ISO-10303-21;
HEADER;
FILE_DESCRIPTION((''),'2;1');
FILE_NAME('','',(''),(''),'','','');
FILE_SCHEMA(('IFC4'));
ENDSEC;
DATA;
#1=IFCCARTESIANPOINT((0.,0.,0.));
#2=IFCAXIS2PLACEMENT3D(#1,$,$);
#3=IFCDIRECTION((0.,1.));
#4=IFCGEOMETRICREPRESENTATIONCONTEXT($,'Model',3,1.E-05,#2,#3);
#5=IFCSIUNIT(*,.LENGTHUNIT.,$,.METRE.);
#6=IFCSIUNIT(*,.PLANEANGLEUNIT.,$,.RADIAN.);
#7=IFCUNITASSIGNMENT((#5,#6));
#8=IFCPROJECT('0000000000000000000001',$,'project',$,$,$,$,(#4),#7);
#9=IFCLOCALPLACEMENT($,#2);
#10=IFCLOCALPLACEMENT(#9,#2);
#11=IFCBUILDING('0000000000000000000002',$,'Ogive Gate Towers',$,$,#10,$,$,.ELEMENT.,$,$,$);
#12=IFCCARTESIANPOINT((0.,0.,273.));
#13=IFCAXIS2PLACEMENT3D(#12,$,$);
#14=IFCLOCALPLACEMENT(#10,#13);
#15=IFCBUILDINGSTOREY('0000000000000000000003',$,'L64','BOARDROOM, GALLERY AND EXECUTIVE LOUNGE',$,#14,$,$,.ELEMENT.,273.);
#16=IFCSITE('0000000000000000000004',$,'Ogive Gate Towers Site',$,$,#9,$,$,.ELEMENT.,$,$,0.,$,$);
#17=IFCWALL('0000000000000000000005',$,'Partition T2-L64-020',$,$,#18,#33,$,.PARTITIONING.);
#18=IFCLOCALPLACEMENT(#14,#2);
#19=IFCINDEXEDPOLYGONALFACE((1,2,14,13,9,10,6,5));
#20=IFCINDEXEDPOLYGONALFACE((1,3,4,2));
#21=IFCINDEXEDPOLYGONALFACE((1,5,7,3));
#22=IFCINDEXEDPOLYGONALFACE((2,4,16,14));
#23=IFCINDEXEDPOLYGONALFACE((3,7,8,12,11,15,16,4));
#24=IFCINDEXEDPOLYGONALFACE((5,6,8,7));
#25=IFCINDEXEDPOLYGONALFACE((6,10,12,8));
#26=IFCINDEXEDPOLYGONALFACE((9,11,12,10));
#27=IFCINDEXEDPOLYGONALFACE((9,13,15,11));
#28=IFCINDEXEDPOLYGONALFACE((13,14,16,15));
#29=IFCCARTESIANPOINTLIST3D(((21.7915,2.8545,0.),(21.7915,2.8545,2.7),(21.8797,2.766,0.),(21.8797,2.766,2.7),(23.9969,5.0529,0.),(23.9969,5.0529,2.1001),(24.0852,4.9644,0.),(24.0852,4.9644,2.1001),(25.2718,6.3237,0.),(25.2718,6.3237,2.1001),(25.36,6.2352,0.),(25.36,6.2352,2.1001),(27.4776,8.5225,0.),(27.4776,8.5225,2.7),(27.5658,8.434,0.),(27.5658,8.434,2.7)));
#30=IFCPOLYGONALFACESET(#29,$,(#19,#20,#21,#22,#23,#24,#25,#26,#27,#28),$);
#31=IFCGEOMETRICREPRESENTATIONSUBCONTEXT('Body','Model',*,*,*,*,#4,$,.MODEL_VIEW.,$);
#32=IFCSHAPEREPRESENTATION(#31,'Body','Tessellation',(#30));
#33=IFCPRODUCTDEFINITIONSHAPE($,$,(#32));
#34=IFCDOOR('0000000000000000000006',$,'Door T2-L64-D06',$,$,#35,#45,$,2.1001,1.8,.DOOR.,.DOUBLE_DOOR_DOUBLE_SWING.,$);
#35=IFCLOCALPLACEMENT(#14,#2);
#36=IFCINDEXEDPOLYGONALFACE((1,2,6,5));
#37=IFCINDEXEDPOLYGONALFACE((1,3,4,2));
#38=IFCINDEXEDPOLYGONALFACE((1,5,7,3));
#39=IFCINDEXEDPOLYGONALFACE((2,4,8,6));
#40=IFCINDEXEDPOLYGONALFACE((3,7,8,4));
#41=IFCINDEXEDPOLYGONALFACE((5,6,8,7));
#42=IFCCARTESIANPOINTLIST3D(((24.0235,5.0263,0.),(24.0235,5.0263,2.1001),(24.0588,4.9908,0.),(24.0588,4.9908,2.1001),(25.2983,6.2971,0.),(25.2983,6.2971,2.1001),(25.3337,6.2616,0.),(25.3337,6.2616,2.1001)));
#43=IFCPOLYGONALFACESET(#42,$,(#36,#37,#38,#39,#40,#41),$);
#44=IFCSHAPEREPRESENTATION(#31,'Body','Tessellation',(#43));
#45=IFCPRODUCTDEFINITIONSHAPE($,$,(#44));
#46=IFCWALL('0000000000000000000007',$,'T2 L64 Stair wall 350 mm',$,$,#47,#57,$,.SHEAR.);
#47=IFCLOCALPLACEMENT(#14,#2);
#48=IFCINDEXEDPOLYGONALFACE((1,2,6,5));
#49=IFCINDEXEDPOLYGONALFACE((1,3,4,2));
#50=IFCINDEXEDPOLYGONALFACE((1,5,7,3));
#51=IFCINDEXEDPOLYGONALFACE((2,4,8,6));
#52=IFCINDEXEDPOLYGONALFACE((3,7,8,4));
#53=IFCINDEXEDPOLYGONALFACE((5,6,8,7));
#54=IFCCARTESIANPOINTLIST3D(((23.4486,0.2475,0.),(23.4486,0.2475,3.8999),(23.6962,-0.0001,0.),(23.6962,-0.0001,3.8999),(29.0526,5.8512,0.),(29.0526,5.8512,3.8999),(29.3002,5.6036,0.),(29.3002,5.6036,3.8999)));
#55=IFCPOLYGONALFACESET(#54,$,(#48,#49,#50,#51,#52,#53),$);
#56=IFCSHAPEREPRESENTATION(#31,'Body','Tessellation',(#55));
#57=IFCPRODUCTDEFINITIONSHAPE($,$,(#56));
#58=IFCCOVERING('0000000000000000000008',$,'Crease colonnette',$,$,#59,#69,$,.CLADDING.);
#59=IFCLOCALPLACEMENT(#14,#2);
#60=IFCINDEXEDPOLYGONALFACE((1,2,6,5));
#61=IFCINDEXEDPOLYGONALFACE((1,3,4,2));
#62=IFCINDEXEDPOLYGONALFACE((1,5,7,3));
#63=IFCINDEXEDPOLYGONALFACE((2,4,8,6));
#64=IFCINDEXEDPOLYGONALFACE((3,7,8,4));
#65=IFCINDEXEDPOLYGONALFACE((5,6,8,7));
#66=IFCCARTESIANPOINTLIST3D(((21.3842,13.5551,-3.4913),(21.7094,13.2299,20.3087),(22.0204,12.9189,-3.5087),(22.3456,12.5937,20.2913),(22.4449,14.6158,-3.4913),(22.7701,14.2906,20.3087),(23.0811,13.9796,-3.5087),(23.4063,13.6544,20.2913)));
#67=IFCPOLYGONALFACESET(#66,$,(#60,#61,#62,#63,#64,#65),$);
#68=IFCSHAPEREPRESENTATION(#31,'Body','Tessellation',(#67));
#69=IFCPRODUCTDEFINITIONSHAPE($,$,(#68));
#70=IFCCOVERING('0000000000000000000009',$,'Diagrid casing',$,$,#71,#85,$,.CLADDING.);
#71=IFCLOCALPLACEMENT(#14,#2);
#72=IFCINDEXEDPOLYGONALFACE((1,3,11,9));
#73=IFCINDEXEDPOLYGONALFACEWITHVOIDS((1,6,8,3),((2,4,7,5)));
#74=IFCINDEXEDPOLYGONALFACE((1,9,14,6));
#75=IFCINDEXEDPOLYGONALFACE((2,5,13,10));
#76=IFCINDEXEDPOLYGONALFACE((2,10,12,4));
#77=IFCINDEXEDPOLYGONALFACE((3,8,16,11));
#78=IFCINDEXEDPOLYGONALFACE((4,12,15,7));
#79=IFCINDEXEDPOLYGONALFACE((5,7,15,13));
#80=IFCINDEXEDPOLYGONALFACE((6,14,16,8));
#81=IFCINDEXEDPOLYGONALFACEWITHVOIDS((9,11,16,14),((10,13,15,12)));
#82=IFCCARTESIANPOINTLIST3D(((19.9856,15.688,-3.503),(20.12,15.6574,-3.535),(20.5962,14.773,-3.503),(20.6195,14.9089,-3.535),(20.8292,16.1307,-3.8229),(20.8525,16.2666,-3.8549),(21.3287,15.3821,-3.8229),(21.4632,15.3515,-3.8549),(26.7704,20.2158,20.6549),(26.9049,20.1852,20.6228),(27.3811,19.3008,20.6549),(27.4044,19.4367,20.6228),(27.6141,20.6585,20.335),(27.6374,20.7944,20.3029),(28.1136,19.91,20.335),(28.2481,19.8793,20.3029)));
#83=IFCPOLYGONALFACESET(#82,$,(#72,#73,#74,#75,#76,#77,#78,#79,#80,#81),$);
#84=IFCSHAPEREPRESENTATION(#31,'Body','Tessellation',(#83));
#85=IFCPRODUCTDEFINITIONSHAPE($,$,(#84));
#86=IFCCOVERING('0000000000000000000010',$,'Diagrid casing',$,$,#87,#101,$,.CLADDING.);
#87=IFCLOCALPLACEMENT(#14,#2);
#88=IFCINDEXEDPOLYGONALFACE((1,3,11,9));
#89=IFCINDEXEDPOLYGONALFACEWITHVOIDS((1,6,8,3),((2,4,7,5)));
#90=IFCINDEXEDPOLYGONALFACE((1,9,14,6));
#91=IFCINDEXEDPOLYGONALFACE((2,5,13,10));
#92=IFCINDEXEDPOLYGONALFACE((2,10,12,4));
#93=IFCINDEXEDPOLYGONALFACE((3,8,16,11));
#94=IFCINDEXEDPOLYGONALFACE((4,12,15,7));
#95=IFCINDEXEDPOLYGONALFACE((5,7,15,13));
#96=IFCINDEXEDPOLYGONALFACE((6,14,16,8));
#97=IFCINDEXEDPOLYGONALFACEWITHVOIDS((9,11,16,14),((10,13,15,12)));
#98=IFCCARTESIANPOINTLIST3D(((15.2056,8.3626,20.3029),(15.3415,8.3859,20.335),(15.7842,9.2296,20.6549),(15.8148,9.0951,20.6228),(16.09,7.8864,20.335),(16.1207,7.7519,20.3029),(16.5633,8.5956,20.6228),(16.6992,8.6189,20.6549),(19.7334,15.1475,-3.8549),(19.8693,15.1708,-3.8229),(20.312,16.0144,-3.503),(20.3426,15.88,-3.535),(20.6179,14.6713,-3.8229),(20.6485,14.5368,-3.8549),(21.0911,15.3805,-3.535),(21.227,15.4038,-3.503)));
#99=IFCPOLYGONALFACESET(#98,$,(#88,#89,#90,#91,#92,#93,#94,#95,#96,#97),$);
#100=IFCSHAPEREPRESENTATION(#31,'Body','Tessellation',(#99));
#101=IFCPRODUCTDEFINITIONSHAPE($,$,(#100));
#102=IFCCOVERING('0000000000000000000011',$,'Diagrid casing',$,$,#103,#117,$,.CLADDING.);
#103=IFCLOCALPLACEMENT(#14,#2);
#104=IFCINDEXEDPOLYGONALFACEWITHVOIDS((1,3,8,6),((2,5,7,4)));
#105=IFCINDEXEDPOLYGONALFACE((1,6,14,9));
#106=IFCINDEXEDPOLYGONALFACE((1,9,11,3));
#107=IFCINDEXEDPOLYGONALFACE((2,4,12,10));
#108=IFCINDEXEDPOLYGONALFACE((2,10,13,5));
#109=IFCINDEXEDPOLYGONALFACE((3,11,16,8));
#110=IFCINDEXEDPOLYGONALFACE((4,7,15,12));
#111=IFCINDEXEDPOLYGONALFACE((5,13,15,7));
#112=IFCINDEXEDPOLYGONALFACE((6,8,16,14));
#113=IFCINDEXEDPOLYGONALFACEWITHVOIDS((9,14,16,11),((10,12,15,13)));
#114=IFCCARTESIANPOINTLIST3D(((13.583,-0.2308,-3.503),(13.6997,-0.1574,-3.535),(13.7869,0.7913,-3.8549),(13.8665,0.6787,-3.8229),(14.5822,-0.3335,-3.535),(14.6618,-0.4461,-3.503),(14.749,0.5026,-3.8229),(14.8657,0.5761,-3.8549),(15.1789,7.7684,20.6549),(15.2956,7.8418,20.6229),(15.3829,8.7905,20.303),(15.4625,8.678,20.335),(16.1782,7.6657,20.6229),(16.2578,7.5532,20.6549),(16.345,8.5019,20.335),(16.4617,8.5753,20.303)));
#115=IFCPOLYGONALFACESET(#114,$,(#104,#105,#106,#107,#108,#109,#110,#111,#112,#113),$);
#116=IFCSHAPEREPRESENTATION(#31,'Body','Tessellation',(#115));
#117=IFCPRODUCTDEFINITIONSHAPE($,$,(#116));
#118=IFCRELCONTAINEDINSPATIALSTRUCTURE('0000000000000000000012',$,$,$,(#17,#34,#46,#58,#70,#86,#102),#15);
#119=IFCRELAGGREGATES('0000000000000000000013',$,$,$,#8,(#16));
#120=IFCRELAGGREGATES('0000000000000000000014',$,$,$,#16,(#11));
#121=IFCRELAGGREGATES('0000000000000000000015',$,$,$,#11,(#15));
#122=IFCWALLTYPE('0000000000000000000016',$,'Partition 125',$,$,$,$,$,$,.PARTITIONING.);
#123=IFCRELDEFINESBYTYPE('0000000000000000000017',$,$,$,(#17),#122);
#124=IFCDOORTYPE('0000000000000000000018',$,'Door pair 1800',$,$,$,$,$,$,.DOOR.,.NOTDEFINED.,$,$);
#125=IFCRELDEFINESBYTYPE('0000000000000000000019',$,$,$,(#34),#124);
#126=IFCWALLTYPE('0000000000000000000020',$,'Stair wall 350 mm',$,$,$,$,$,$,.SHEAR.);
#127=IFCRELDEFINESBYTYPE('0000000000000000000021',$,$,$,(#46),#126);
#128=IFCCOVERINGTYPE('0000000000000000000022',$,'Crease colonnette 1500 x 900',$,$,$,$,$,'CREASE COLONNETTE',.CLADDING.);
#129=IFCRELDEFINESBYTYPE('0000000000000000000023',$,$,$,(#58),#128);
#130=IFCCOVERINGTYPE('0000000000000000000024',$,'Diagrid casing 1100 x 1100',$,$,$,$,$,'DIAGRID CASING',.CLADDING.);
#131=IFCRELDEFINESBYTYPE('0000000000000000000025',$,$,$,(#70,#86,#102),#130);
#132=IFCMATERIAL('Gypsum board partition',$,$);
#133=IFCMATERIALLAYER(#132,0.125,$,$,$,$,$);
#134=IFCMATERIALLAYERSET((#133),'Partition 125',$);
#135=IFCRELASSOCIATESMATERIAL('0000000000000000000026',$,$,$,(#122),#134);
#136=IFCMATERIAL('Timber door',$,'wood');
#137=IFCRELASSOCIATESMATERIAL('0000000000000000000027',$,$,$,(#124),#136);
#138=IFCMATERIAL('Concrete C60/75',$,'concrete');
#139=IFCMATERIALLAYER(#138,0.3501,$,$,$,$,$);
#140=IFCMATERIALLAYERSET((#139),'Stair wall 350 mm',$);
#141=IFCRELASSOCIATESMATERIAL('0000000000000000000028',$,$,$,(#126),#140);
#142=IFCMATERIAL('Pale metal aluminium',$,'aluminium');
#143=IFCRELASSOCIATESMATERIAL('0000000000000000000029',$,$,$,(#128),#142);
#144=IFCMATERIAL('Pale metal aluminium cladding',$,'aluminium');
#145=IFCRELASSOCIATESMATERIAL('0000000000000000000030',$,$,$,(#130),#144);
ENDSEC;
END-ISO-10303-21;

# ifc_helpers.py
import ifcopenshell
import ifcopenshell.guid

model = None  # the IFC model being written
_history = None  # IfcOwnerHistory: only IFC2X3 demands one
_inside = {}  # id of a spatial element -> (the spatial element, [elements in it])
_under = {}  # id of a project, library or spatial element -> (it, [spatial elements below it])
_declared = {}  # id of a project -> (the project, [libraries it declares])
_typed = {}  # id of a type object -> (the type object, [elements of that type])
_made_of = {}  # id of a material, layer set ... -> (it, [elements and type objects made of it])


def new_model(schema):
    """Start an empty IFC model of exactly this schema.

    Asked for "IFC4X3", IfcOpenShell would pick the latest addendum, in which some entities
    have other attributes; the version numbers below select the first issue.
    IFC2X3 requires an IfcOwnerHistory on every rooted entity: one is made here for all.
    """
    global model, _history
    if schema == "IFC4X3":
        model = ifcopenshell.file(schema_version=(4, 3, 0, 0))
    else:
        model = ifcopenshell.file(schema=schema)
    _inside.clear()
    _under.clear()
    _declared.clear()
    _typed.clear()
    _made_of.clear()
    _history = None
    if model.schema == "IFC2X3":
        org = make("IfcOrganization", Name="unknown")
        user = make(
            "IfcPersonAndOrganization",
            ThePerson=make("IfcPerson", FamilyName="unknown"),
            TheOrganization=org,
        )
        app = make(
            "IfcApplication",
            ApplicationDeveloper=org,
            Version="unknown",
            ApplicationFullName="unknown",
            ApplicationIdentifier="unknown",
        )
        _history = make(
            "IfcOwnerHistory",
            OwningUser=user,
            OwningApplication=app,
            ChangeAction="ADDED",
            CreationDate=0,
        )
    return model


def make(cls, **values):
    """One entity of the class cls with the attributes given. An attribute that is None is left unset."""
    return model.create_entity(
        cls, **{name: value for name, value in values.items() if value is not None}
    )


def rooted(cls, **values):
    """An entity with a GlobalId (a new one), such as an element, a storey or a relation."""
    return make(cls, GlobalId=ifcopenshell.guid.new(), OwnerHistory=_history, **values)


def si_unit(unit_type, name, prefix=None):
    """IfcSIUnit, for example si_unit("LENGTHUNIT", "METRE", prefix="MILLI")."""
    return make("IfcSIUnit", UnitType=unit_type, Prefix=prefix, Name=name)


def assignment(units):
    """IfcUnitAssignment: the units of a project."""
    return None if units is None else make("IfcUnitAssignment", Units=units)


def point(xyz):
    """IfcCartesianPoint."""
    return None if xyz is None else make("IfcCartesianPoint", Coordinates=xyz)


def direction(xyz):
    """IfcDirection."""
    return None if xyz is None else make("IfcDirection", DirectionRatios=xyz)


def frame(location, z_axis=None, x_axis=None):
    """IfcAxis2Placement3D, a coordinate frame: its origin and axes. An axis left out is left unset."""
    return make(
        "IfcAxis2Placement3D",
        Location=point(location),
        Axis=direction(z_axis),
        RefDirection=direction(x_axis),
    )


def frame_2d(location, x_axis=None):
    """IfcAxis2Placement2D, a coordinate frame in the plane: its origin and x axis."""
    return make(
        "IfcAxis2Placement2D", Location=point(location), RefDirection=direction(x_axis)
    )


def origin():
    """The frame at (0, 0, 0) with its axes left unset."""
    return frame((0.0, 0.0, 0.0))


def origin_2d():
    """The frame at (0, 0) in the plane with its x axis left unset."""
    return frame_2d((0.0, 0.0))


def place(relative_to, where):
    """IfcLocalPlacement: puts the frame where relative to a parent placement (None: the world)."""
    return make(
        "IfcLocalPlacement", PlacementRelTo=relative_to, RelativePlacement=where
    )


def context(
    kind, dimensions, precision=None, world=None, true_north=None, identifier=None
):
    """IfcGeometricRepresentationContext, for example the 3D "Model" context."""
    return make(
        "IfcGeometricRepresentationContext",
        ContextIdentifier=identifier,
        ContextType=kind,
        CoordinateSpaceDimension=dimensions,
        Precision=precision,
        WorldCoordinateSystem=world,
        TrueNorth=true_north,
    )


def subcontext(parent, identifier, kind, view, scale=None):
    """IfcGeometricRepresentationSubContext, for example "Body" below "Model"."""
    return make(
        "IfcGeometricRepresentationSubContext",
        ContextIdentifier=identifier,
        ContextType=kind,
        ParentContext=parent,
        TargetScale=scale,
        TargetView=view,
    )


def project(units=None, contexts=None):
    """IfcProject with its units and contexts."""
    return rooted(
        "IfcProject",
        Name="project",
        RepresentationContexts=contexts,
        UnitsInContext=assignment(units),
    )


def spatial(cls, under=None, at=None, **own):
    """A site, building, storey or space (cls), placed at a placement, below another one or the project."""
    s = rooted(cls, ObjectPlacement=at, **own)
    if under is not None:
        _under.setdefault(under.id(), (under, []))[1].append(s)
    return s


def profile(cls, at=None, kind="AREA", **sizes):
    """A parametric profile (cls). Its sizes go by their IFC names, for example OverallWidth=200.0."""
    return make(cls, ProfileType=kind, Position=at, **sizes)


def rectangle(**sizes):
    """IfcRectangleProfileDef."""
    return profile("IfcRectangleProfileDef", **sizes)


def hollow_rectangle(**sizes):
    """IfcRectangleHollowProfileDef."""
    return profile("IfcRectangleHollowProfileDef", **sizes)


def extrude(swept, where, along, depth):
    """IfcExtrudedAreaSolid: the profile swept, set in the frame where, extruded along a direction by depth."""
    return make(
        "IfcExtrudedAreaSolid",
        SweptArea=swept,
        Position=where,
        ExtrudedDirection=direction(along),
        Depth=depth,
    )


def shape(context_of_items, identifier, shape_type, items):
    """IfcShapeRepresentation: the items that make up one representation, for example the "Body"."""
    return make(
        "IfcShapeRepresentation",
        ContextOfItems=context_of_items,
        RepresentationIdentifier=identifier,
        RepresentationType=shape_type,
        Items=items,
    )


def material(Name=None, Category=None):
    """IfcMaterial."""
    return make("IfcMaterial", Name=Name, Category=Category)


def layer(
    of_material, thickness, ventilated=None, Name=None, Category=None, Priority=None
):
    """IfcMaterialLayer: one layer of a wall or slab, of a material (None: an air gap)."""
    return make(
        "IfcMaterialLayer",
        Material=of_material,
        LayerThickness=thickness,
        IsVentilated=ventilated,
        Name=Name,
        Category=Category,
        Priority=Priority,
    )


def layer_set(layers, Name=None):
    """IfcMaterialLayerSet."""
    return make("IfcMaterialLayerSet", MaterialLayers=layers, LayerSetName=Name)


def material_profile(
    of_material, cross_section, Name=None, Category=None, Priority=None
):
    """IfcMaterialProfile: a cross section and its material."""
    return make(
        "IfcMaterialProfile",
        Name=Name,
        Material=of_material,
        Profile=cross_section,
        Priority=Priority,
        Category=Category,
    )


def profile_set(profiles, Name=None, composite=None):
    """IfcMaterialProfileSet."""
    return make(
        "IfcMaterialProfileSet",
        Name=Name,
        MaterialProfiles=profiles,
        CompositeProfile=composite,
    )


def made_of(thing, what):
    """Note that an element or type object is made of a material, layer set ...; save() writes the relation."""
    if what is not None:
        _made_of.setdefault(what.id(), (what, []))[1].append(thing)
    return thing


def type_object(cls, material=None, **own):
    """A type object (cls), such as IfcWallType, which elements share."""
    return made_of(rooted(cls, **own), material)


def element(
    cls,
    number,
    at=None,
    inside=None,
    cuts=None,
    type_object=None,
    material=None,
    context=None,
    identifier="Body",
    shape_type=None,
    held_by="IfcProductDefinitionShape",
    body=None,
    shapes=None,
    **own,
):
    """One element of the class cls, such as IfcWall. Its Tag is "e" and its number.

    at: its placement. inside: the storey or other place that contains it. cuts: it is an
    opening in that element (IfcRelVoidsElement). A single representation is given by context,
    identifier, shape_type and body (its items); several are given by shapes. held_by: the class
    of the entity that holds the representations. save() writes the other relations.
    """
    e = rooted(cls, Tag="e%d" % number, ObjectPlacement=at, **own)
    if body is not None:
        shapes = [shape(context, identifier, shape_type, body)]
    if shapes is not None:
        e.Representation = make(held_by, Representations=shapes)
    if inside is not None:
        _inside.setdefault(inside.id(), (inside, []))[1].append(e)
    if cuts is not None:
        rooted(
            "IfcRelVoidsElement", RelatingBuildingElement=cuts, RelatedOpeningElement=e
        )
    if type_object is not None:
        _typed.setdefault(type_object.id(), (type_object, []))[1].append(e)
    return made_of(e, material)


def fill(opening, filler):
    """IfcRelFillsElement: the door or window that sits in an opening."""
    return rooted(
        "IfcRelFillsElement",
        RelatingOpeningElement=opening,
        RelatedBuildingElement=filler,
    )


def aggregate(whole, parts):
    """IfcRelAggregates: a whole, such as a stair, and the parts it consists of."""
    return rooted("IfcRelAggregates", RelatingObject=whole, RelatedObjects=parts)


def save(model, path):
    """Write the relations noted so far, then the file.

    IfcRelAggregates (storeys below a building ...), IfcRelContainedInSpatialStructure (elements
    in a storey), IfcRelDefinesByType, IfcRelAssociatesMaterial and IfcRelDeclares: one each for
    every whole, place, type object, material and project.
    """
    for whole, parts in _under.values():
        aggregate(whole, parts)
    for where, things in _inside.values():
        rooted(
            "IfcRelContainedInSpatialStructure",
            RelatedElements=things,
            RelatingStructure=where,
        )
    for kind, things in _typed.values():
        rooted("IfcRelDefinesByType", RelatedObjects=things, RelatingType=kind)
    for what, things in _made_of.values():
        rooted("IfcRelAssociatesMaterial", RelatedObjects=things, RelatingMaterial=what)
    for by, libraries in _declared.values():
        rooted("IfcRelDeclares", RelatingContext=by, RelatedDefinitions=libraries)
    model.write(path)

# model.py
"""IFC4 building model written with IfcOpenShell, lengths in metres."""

from ifc_helpers import new_model, si_unit, direction, frame, frame_2d, origin, origin_2d, place, context, subcontext, project, spatial, rectangle, hollow_rectangle, extrude, material, layer, layer_set, material_profile, profile_set, type_object, element, fill, save


model = new_model("IFC4")

# Units and contexts
model_context = context("Model", 3, precision=1e-05, world=origin(), true_north=direction((0.0, 1.0)))
body_context = subcontext(model_context, "Body", "Model", "MODEL_VIEW")
ifc_project = project(units=[si_unit("LENGTHUNIT", "METRE"), si_unit("PLANEANGLEUNIT", "RADIAN")], contexts=[model_context])

# Site, building, storey
site_placement = place(None, origin())
site = spatial("IfcSite", under=ifc_project, at=site_placement, Name="Ogive Gate Towers Site", CompositionType="ELEMENT", RefElevation=0.0)
building_placement = place(site_placement, origin())
building = spatial("IfcBuilding", under=site, at=building_placement, Name="Ogive Gate Towers", CompositionType="ELEMENT")
storey_placement = place(building_placement, frame((0.0, 0.0, 273.0)))
storey = spatial("IfcBuildingStorey", under=building, at=storey_placement, Name="L64", Description="BOARDROOM, GALLERY AND EXECUTIVE LOUNGE", CompositionType="ELEMENT", Elevation=273.0)

# Shared definitions
ifc_material_1 = material(Name="Concrete C60/75", Category="concrete")
ifc_material_2 = material(Name="Timber door", Category="wood")

# Shared definitions
ifc_material_3 = material(Name="Gypsum board partition")
ifc_layer_1 = layer(ifc_material_3, 0.125)
ifc_layer_set_1 = layer_set([ifc_layer_1], Name="Partition 125")
wall_type_1 = type_object("IfcWallType", Name="Partition 125", PredefinedType="PARTITIONING", material=ifc_layer_set_1)

# Wall, opening, door
wall_1_placement = place(storey_placement, frame((21.8357, 2.8103, 0.0), z_axis=(0.0, 0.0, 1.0), x_axis=(0.708231, 0.705981, 0.0)))
wall_1 = element("IfcWall", 1, at=wall_1_placement, inside=storey, type_object=wall_type_1, Name="Partition T2-L64-020", PredefinedType="PARTITIONING", context=body_context, shape_type="SweptSolid", body=[
    extrude(rectangle(XDim=8.0286, YDim=0.125, at=frame_2d((4.0142, 0.0))), origin(), (0.0, 0.0, 1.0), 2.7),
])
opening_1_placement = place(wall_1_placement, frame((3.114, 0.0, 0.0)))
opening_1 = element("IfcOpeningElement", 2, at=opening_1_placement, cuts=wall_1, PredefinedType="OPENING", context=body_context, shape_type="SweptSolid", body=[
    extrude(rectangle(XDim=1.8, YDim=2.1001, at=frame_2d((0.8999, 1.05))), frame((0.0, 0.0725, 0.0), z_axis=(0.0, -1.0, 0.0), x_axis=(1.0, 0.0, 0.0)), (0.0, 0.0, 1.0), 0.145),
])
door_type_1 = type_object("IfcDoorType", Name="Door pair 1800", OperationType="NOTDEFINED", PredefinedType="DOOR", material=ifc_material_2)
door_1_placement = place(opening_1_placement, origin())
door_1 = element("IfcDoor", 3, at=door_1_placement, inside=storey, type_object=door_type_1, Name="Door T2-L64-D06", OperationType="DOUBLE_DOOR_DOUBLE_SWING", OverallHeight=2.1001, OverallWidth=1.8, PredefinedType="DOOR", context=body_context, shape_type="SweptSolid", body=[
    extrude(rectangle(XDim=1.8, YDim=2.1001, at=frame_2d((0.8999, 1.05))), frame((0.0, 0.0249, 0.0), z_axis=(0.0, -1.0, 0.0), x_axis=(1.0, 0.0, 0.0)), (0.0, 0.0, 1.0), 0.05),
])
fill(opening_1, door_1)

# Wall
ifc_layer_2 = layer(ifc_material_1, 0.3501)
ifc_layer_set_2 = layer_set([ifc_layer_2], Name="Stair wall 350 mm")
wall_type_2 = type_object("IfcWallType", Name="Stair wall 350 mm", PredefinedType="SHEAR", material=ifc_layer_set_2)
wall_2_placement = place(storey_placement, frame((23.5725, 0.1238, 0.0), z_axis=(0.0, 0.0, 1.0), x_axis=(0.707122, 0.707091, 0.0)))
element("IfcWall", 4, at=wall_2_placement, inside=storey, type_object=wall_type_2, Name="T2 L64 Stair wall 350 mm", PredefinedType="SHEAR", context=body_context, shape_type="SweptSolid", body=[
    extrude(rectangle(XDim=7.925, YDim=0.3501, at=frame_2d((3.9624, 0.0))), origin(), (0.0, 0.0, 1.0), 3.8999),
])

# Coverings
ifc_material_4 = material(Name="Pale metal aluminium", Category="aluminium")
ifc_material_profile_1 = material_profile(ifc_material_4, rectangle(XDim=1.5, YDim=0.8999, at=origin_2d()), Name="1500 x 900 pale metal aluminium")
ifc_profile_set_1 = profile_set([ifc_material_profile_1], Name="Pale metal aluminium")
covering_type_1 = type_object("IfcCoveringType", Name="Crease colonnette 1500 x 900", ElementType="CREASE COLONNETTE", PredefinedType="CLADDING", material=ifc_profile_set_1)
covering_placement = place(storey_placement, frame((22.2327, 13.7673, -3.5), z_axis=(0.013661, -0.013661, 0.999813), x_axis=(0.707107, 0.707107, 0.0)))
element("IfcCovering", 5, at=covering_placement, inside=storey, type_object=covering_type_1, Name="Crease colonnette", PredefinedType="CLADDING", context=body_context, shape_type="SweptSolid", body=[
    extrude(rectangle(XDim=1.5, YDim=0.8999, at=origin_2d()), origin(), (0.0, 0.0, 1.0), 23.8044),
])
ifc_material_5 = material(Name="Pale metal aluminium cladding", Category="aluminium")
ifc_material_profile_2 = material_profile(ifc_material_5, hollow_rectangle(XDim=1.1001, YDim=1.1001, WallThickness=0.1001, at=origin_2d()), Name="1100 x 1100 pale metal casing")
ifc_profile_set_2 = profile_set([ifc_material_profile_2], Name="Pale metal aluminium cladding")
covering_type_2 = type_object("IfcCoveringType", Name="Diagrid casing 1100 x 1100", ElementType="DIAGRID CASING", PredefinedType="CLADDING", material=ifc_profile_set_2)
for number, where, z_axis, x_axis, name in (
    (6, (20.7244, 15.5198, -3.679), (0.266097, 0.177577, 0.947449), (-0.555087, 0.831792, 0.0), "Diagrid casing"),
    (7, (20.4802, 15.2756, -3.679), (-0.177577, -0.266097, 0.947449), (0.831792, -0.555087, 0.0), "Diagrid casing"),
    (8, (14.2244, 0.1726, -3.679), (0.062591, 0.313723, 0.947449), (-0.980673, 0.195656, 0.0), "Diagrid casing"),
):
    element("IfcCovering", number, at=place(storey_placement, frame(where, z_axis=z_axis, x_axis=x_axis)), inside=storey, type_object=covering_type_2, Name=name, PredefinedType="CLADDING", context=body_context, shape_type="SweptSolid", body=[
        extrude(hollow_rectangle(XDim=1.1001, YDim=1.1001, WallThickness=0.1001, at=origin_2d()), origin(), (0.0, 0.0, 1.0), 25.4978),
    ])

save(model, "model.ifc")
